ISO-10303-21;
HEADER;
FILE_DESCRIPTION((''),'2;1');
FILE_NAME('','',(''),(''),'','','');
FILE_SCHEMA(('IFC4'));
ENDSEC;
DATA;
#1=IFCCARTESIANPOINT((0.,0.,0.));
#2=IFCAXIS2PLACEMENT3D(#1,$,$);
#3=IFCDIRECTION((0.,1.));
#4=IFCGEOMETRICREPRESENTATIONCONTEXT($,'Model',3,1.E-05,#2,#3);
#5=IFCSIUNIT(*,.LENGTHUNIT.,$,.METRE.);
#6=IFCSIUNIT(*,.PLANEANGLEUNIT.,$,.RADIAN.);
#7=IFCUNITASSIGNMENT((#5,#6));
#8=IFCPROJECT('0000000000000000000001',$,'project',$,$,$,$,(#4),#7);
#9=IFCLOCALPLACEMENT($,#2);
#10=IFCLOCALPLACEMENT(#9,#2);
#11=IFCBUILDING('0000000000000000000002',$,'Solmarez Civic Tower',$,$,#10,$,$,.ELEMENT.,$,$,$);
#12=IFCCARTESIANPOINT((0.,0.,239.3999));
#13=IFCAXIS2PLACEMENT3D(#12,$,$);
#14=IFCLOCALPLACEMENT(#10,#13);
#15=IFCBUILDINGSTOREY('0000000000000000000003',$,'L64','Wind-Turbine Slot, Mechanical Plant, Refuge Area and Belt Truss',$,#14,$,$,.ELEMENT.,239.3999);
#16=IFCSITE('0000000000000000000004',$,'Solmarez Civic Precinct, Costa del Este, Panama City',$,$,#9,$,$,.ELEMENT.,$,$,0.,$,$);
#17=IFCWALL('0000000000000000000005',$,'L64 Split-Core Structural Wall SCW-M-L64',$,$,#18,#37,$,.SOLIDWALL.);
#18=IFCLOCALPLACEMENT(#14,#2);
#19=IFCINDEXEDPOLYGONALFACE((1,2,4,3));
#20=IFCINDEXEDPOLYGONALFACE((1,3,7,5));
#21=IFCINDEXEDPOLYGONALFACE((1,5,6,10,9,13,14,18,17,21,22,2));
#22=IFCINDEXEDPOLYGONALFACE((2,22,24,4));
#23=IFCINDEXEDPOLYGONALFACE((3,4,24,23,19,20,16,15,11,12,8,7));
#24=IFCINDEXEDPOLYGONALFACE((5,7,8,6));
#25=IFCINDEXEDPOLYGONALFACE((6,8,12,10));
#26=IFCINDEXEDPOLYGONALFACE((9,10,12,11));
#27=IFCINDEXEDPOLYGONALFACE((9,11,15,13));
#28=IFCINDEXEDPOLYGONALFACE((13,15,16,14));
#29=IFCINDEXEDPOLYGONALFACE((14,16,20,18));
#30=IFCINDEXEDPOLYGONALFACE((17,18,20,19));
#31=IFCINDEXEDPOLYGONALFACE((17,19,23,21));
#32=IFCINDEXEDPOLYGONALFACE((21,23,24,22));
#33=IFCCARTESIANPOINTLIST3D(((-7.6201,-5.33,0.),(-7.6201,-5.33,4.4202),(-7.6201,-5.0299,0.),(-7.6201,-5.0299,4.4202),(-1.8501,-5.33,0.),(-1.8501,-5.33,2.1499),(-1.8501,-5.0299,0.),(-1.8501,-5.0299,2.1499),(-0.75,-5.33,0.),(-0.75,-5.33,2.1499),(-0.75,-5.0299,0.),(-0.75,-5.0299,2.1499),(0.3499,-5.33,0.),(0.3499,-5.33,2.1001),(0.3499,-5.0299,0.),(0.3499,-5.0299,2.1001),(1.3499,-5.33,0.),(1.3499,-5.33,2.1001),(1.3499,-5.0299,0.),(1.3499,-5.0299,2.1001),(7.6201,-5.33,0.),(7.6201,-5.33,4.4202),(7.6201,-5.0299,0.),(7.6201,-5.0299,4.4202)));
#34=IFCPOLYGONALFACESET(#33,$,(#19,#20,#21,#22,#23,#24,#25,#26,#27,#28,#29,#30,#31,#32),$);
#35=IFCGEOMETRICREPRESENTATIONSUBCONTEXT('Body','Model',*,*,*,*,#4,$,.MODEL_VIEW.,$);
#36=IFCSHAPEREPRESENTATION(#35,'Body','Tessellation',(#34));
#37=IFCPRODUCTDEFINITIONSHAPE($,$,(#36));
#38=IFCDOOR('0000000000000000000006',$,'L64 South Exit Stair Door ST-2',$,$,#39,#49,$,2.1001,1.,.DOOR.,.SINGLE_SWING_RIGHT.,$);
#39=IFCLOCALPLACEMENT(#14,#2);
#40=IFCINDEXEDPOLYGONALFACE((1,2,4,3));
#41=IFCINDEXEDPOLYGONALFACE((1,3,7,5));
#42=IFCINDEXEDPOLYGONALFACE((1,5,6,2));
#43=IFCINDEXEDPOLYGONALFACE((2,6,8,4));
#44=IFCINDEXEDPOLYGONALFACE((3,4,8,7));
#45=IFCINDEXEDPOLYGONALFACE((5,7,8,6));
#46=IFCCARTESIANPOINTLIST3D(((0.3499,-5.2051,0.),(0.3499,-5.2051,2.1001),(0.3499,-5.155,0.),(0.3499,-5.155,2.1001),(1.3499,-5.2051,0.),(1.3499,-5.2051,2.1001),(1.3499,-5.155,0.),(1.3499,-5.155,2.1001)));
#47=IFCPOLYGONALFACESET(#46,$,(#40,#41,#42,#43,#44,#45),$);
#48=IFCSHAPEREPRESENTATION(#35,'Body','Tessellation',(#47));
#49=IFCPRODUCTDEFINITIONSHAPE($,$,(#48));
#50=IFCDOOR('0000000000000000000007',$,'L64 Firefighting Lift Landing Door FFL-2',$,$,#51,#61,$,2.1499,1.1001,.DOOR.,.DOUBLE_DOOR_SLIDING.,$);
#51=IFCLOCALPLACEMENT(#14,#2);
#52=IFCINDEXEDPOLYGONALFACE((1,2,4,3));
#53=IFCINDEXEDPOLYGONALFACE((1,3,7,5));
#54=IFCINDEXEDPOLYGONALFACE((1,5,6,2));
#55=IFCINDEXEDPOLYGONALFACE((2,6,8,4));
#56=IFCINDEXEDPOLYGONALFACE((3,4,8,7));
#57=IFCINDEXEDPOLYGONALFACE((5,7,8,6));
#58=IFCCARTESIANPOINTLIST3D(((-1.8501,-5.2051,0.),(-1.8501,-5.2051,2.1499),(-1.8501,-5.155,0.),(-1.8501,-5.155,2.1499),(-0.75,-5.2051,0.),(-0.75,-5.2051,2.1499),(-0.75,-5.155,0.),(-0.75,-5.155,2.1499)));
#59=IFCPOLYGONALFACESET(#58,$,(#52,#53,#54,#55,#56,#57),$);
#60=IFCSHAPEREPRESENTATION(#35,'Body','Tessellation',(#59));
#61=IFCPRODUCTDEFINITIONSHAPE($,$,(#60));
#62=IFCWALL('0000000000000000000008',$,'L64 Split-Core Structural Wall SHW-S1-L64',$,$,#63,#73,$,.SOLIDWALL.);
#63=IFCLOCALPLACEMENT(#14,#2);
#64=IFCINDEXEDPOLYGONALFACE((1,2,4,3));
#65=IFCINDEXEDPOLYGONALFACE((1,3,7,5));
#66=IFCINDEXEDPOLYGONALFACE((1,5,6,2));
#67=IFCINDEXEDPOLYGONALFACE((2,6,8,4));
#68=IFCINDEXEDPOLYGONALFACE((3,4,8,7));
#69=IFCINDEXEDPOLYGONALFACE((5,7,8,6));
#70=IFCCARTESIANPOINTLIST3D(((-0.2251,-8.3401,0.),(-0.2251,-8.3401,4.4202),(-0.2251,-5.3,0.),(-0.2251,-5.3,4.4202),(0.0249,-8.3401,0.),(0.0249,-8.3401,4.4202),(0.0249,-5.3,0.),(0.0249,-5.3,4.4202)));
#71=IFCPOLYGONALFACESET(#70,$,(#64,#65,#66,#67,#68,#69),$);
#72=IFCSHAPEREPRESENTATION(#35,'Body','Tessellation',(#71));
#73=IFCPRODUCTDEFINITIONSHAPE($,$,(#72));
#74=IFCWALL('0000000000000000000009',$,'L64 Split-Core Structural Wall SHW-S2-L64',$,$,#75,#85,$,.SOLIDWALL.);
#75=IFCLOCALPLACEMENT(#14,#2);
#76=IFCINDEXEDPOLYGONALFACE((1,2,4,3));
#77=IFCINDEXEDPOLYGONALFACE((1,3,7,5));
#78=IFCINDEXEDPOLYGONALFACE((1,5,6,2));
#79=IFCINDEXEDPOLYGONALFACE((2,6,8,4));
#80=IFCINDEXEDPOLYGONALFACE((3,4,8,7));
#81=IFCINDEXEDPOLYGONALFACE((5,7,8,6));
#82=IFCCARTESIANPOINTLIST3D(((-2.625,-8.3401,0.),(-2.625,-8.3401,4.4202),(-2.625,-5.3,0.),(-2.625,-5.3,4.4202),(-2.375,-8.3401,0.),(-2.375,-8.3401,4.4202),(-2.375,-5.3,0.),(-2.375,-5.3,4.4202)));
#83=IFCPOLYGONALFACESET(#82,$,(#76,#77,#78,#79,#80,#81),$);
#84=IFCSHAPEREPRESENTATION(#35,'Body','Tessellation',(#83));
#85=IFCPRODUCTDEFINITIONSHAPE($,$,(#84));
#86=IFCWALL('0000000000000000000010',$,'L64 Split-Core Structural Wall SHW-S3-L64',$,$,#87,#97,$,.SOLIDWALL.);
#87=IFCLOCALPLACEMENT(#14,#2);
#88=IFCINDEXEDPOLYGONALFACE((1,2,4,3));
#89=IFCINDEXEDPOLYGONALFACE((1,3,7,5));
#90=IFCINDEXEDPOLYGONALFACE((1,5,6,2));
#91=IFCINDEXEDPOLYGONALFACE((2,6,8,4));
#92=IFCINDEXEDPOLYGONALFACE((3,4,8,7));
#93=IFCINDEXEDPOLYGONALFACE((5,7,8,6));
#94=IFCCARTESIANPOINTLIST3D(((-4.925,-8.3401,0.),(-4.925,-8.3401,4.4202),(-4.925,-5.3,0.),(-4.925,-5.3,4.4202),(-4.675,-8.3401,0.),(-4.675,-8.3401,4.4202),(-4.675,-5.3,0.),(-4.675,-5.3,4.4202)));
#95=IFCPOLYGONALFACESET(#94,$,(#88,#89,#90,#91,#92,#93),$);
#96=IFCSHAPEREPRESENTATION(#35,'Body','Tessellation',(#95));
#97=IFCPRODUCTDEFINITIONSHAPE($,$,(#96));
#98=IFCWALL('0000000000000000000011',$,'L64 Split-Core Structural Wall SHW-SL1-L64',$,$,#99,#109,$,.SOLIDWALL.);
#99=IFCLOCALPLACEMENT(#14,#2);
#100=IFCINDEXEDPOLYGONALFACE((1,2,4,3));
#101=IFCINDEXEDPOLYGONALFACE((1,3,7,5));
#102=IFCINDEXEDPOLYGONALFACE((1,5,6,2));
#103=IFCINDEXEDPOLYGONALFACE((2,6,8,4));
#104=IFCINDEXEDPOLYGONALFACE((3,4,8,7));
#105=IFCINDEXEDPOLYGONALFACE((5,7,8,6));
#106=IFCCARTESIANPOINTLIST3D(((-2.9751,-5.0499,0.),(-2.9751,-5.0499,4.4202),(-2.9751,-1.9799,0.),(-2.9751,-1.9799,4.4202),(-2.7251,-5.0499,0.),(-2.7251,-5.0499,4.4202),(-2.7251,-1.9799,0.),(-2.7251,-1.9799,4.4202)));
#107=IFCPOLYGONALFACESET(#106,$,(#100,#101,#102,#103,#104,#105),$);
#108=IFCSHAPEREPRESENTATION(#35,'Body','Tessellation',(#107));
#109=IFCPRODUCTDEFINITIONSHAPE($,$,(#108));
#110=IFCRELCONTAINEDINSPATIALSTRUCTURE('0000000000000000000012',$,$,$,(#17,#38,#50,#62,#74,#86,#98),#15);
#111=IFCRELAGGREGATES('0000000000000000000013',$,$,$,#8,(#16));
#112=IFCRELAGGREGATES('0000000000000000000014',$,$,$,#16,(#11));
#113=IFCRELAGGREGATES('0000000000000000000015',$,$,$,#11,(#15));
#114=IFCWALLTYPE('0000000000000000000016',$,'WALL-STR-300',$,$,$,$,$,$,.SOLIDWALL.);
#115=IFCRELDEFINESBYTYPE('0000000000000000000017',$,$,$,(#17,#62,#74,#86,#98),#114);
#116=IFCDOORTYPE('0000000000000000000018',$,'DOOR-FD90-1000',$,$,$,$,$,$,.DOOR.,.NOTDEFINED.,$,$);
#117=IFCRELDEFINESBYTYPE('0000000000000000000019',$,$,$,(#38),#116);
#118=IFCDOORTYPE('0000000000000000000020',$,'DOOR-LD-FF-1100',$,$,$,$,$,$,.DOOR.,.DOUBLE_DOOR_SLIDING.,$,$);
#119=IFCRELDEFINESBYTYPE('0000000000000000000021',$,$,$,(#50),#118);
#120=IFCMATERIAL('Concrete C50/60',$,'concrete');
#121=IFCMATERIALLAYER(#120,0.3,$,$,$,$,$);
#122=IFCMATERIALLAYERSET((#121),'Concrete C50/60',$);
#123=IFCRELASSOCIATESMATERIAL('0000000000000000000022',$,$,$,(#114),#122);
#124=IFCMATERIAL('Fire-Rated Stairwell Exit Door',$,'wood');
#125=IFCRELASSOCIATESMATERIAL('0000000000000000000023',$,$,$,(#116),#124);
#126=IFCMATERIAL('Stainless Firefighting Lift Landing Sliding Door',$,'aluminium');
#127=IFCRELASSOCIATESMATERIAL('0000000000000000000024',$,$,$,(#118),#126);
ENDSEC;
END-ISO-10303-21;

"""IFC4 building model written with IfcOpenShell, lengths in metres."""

from ifc_helpers import new_model, si_unit, direction, frame, frame_2d, origin, place, context, subcontext, project, spatial, rectangle, extrude, material, layer, layer_set, type_object, element, fill, save


model = new_model("IFC4")

# Units and contexts
model_context = context("Model", 3, precision=1e-05, world=origin(), true_north=direction((0.0, 1.0)))
body_context = subcontext(model_context, "Body", "Model", "MODEL_VIEW")
ifc_project = project(units=[si_unit("LENGTHUNIT", "METRE"), si_unit("PLANEANGLEUNIT", "RADIAN")], contexts=[model_context])

# Site, building, storey
site_placement = place(None, origin())
site = spatial("IfcSite", under=ifc_project, at=site_placement, Name="Solmarez Civic Precinct, Costa del Este, Panama City", CompositionType="ELEMENT", RefElevation=0.0)
building_placement = place(site_placement, origin())
building = spatial("IfcBuilding", under=site, at=building_placement, Name="Solmarez Civic Tower", CompositionType="ELEMENT")
storey_placement = place(building_placement, frame((0.0, 0.0, 239.3999)))
storey = spatial("IfcBuildingStorey", under=building, at=storey_placement, Name="L64", Description="Wind-Turbine Slot, Mechanical Plant, Refuge Area and Belt Truss", CompositionType="ELEMENT", Elevation=239.3999)

# Shared definitions
ifc_material_1 = material(Name="Concrete C50/60", Category="concrete")

# Wall, openings, doors
ifc_layer_1 = layer(ifc_material_1, 0.3)
ifc_layer_set_1 = layer_set([ifc_layer_1], Name="Concrete C50/60")
wall_type_1 = type_object("IfcWallType", Name="WALL-STR-300", PredefinedType="SOLIDWALL", material=ifc_layer_set_1)
wall_1_placement = place(storey_placement, frame((-7.6201, -5.1799, 0.0), z_axis=(0.0, 0.0, 1.0), x_axis=(1.0, 0.0, 0.0)))
wall_1 = element("IfcWall", 1, at=wall_1_placement, inside=storey, type_object=wall_type_1, Name="L64 Split-Core Structural Wall SCW-M-L64", PredefinedType="SOLIDWALL", context=body_context, shape_type="SweptSolid", body=[
    extrude(rectangle(XDim=15.2402, YDim=0.3, at=frame_2d((7.6201, 0.0))), origin(), (0.0, 0.0, 1.0), 4.4202),
])
opening_1_placement = place(wall_1_placement, frame((5.77, 0.0, 0.0)))
opening_1 = element("IfcOpeningElement", 2, at=opening_1_placement, cuts=wall_1, PredefinedType="OPENING", context=body_context, shape_type="SweptSolid", body=[
    extrude(rectangle(XDim=1.1001, YDim=2.1499, at=frame_2d((0.55, 1.075))), frame((0.0, 0.1599, 0.0), z_axis=(0.0, -1.0, 0.0), x_axis=(1.0, 0.0, 0.0)), (0.0, 0.0, 1.0), 0.3201),
])
opening_2_placement = place(wall_1_placement, frame((7.97, 0.0, 0.0)))
opening_2 = element("IfcOpeningElement", 3, at=opening_2_placement, cuts=wall_1, PredefinedType="OPENING", context=body_context, shape_type="SweptSolid", body=[
    extrude(rectangle(XDim=1.0, YDim=2.1001, at=frame_2d((0.5, 1.05))), frame((0.0, 0.1599, 0.0), z_axis=(0.0, -1.0, 0.0), x_axis=(1.0, 0.0, 0.0)), (0.0, 0.0, 1.0), 0.3201),
])
ifc_material_2 = material(Name="Fire-Rated Stairwell Exit Door", Category="wood")
door_type_1 = type_object("IfcDoorType", Name="DOOR-FD90-1000", OperationType="NOTDEFINED", PredefinedType="DOOR", material=ifc_material_2)
door_1_placement = place(opening_2_placement, origin())
door_1 = element("IfcDoor", 4, at=door_1_placement, inside=storey, type_object=door_type_1, Name="L64 South Exit Stair Door ST-2", OperationType="SINGLE_SWING_RIGHT", OverallHeight=2.1001, OverallWidth=1.0, PredefinedType="DOOR", context=body_context, shape_type="SweptSolid", body=[
    extrude(rectangle(XDim=1.0, YDim=2.1001, at=frame_2d((0.5, 1.05))), frame((0.0, 0.0249, 0.0), z_axis=(0.0, -1.0, 0.0), x_axis=(1.0, 0.0, 0.0)), (0.0, 0.0, 1.0), 0.05),
])
fill(opening_2, door_1)
ifc_material_3 = material(Name="Stainless Firefighting Lift Landing Sliding Door", Category="aluminium")
door_type_2 = type_object("IfcDoorType", Name="DOOR-LD-FF-1100", OperationType="DOUBLE_DOOR_SLIDING", PredefinedType="DOOR", material=ifc_material_3)
door_2_placement = place(opening_1_placement, origin())
door_2 = element("IfcDoor", 5, at=door_2_placement, inside=storey, type_object=door_type_2, Name="L64 Firefighting Lift Landing Door FFL-2", OperationType="DOUBLE_DOOR_SLIDING", OverallHeight=2.1499, OverallWidth=1.1001, PredefinedType="DOOR", context=body_context, shape_type="SweptSolid", body=[
    extrude(rectangle(XDim=1.1001, YDim=2.1499, at=frame_2d((0.55, 1.075))), frame((0.0, 0.0249, 0.0), z_axis=(0.0, -1.0, 0.0), x_axis=(1.0, 0.0, 0.0)), (0.0, 0.0, 1.0), 0.05),
])
fill(opening_1, door_2)

# Walls
for number, where, z_axis, x_axis, name in (
    (6, (-0.1001, -8.3401, 0.0), (0.0, 0.0, 1.0), (0.0, 1.0, 0.0), "L64 Split-Core Structural Wall SHW-S1-L64"),
    (7, (-2.5, -8.3401, 0.0), (0.0, 0.0, 1.0), (0.0, 1.0, 0.0), "L64 Split-Core Structural Wall SHW-S2-L64"),
    (8, (-4.8, -8.3401, 0.0), (0.0, 0.0, 1.0), (0.0, 1.0, 0.0), "L64 Split-Core Structural Wall SHW-S3-L64"),
):
    element("IfcWall", number, at=place(storey_placement, frame(where, z_axis=z_axis, x_axis=x_axis)), inside=storey, type_object=wall_type_1, Name=name, PredefinedType="SOLIDWALL", context=body_context, shape_type="SweptSolid", body=[
        extrude(rectangle(XDim=3.04, YDim=0.25, at=frame_2d((1.52, 0.0))), origin(), (0.0, 0.0, 1.0), 4.4202),
    ])
wall_2_placement = place(storey_placement, frame((-2.8501, -5.05, 0.0), z_axis=(0.0, 0.0, 1.0), x_axis=(0.0, 1.0, 0.0)))
element("IfcWall", 9, at=wall_2_placement, inside=storey, type_object=wall_type_1, Name="L64 Split-Core Structural Wall SHW-SL1-L64", PredefinedType="SOLIDWALL", context=body_context, shape_type="SweptSolid", body=[
    extrude(rectangle(XDim=3.0701, YDim=0.25, at=frame_2d((1.5352, 0.0))), origin(), (0.0, 0.0, 1.0), 4.4202),
])

save(model, "model.ifc")
